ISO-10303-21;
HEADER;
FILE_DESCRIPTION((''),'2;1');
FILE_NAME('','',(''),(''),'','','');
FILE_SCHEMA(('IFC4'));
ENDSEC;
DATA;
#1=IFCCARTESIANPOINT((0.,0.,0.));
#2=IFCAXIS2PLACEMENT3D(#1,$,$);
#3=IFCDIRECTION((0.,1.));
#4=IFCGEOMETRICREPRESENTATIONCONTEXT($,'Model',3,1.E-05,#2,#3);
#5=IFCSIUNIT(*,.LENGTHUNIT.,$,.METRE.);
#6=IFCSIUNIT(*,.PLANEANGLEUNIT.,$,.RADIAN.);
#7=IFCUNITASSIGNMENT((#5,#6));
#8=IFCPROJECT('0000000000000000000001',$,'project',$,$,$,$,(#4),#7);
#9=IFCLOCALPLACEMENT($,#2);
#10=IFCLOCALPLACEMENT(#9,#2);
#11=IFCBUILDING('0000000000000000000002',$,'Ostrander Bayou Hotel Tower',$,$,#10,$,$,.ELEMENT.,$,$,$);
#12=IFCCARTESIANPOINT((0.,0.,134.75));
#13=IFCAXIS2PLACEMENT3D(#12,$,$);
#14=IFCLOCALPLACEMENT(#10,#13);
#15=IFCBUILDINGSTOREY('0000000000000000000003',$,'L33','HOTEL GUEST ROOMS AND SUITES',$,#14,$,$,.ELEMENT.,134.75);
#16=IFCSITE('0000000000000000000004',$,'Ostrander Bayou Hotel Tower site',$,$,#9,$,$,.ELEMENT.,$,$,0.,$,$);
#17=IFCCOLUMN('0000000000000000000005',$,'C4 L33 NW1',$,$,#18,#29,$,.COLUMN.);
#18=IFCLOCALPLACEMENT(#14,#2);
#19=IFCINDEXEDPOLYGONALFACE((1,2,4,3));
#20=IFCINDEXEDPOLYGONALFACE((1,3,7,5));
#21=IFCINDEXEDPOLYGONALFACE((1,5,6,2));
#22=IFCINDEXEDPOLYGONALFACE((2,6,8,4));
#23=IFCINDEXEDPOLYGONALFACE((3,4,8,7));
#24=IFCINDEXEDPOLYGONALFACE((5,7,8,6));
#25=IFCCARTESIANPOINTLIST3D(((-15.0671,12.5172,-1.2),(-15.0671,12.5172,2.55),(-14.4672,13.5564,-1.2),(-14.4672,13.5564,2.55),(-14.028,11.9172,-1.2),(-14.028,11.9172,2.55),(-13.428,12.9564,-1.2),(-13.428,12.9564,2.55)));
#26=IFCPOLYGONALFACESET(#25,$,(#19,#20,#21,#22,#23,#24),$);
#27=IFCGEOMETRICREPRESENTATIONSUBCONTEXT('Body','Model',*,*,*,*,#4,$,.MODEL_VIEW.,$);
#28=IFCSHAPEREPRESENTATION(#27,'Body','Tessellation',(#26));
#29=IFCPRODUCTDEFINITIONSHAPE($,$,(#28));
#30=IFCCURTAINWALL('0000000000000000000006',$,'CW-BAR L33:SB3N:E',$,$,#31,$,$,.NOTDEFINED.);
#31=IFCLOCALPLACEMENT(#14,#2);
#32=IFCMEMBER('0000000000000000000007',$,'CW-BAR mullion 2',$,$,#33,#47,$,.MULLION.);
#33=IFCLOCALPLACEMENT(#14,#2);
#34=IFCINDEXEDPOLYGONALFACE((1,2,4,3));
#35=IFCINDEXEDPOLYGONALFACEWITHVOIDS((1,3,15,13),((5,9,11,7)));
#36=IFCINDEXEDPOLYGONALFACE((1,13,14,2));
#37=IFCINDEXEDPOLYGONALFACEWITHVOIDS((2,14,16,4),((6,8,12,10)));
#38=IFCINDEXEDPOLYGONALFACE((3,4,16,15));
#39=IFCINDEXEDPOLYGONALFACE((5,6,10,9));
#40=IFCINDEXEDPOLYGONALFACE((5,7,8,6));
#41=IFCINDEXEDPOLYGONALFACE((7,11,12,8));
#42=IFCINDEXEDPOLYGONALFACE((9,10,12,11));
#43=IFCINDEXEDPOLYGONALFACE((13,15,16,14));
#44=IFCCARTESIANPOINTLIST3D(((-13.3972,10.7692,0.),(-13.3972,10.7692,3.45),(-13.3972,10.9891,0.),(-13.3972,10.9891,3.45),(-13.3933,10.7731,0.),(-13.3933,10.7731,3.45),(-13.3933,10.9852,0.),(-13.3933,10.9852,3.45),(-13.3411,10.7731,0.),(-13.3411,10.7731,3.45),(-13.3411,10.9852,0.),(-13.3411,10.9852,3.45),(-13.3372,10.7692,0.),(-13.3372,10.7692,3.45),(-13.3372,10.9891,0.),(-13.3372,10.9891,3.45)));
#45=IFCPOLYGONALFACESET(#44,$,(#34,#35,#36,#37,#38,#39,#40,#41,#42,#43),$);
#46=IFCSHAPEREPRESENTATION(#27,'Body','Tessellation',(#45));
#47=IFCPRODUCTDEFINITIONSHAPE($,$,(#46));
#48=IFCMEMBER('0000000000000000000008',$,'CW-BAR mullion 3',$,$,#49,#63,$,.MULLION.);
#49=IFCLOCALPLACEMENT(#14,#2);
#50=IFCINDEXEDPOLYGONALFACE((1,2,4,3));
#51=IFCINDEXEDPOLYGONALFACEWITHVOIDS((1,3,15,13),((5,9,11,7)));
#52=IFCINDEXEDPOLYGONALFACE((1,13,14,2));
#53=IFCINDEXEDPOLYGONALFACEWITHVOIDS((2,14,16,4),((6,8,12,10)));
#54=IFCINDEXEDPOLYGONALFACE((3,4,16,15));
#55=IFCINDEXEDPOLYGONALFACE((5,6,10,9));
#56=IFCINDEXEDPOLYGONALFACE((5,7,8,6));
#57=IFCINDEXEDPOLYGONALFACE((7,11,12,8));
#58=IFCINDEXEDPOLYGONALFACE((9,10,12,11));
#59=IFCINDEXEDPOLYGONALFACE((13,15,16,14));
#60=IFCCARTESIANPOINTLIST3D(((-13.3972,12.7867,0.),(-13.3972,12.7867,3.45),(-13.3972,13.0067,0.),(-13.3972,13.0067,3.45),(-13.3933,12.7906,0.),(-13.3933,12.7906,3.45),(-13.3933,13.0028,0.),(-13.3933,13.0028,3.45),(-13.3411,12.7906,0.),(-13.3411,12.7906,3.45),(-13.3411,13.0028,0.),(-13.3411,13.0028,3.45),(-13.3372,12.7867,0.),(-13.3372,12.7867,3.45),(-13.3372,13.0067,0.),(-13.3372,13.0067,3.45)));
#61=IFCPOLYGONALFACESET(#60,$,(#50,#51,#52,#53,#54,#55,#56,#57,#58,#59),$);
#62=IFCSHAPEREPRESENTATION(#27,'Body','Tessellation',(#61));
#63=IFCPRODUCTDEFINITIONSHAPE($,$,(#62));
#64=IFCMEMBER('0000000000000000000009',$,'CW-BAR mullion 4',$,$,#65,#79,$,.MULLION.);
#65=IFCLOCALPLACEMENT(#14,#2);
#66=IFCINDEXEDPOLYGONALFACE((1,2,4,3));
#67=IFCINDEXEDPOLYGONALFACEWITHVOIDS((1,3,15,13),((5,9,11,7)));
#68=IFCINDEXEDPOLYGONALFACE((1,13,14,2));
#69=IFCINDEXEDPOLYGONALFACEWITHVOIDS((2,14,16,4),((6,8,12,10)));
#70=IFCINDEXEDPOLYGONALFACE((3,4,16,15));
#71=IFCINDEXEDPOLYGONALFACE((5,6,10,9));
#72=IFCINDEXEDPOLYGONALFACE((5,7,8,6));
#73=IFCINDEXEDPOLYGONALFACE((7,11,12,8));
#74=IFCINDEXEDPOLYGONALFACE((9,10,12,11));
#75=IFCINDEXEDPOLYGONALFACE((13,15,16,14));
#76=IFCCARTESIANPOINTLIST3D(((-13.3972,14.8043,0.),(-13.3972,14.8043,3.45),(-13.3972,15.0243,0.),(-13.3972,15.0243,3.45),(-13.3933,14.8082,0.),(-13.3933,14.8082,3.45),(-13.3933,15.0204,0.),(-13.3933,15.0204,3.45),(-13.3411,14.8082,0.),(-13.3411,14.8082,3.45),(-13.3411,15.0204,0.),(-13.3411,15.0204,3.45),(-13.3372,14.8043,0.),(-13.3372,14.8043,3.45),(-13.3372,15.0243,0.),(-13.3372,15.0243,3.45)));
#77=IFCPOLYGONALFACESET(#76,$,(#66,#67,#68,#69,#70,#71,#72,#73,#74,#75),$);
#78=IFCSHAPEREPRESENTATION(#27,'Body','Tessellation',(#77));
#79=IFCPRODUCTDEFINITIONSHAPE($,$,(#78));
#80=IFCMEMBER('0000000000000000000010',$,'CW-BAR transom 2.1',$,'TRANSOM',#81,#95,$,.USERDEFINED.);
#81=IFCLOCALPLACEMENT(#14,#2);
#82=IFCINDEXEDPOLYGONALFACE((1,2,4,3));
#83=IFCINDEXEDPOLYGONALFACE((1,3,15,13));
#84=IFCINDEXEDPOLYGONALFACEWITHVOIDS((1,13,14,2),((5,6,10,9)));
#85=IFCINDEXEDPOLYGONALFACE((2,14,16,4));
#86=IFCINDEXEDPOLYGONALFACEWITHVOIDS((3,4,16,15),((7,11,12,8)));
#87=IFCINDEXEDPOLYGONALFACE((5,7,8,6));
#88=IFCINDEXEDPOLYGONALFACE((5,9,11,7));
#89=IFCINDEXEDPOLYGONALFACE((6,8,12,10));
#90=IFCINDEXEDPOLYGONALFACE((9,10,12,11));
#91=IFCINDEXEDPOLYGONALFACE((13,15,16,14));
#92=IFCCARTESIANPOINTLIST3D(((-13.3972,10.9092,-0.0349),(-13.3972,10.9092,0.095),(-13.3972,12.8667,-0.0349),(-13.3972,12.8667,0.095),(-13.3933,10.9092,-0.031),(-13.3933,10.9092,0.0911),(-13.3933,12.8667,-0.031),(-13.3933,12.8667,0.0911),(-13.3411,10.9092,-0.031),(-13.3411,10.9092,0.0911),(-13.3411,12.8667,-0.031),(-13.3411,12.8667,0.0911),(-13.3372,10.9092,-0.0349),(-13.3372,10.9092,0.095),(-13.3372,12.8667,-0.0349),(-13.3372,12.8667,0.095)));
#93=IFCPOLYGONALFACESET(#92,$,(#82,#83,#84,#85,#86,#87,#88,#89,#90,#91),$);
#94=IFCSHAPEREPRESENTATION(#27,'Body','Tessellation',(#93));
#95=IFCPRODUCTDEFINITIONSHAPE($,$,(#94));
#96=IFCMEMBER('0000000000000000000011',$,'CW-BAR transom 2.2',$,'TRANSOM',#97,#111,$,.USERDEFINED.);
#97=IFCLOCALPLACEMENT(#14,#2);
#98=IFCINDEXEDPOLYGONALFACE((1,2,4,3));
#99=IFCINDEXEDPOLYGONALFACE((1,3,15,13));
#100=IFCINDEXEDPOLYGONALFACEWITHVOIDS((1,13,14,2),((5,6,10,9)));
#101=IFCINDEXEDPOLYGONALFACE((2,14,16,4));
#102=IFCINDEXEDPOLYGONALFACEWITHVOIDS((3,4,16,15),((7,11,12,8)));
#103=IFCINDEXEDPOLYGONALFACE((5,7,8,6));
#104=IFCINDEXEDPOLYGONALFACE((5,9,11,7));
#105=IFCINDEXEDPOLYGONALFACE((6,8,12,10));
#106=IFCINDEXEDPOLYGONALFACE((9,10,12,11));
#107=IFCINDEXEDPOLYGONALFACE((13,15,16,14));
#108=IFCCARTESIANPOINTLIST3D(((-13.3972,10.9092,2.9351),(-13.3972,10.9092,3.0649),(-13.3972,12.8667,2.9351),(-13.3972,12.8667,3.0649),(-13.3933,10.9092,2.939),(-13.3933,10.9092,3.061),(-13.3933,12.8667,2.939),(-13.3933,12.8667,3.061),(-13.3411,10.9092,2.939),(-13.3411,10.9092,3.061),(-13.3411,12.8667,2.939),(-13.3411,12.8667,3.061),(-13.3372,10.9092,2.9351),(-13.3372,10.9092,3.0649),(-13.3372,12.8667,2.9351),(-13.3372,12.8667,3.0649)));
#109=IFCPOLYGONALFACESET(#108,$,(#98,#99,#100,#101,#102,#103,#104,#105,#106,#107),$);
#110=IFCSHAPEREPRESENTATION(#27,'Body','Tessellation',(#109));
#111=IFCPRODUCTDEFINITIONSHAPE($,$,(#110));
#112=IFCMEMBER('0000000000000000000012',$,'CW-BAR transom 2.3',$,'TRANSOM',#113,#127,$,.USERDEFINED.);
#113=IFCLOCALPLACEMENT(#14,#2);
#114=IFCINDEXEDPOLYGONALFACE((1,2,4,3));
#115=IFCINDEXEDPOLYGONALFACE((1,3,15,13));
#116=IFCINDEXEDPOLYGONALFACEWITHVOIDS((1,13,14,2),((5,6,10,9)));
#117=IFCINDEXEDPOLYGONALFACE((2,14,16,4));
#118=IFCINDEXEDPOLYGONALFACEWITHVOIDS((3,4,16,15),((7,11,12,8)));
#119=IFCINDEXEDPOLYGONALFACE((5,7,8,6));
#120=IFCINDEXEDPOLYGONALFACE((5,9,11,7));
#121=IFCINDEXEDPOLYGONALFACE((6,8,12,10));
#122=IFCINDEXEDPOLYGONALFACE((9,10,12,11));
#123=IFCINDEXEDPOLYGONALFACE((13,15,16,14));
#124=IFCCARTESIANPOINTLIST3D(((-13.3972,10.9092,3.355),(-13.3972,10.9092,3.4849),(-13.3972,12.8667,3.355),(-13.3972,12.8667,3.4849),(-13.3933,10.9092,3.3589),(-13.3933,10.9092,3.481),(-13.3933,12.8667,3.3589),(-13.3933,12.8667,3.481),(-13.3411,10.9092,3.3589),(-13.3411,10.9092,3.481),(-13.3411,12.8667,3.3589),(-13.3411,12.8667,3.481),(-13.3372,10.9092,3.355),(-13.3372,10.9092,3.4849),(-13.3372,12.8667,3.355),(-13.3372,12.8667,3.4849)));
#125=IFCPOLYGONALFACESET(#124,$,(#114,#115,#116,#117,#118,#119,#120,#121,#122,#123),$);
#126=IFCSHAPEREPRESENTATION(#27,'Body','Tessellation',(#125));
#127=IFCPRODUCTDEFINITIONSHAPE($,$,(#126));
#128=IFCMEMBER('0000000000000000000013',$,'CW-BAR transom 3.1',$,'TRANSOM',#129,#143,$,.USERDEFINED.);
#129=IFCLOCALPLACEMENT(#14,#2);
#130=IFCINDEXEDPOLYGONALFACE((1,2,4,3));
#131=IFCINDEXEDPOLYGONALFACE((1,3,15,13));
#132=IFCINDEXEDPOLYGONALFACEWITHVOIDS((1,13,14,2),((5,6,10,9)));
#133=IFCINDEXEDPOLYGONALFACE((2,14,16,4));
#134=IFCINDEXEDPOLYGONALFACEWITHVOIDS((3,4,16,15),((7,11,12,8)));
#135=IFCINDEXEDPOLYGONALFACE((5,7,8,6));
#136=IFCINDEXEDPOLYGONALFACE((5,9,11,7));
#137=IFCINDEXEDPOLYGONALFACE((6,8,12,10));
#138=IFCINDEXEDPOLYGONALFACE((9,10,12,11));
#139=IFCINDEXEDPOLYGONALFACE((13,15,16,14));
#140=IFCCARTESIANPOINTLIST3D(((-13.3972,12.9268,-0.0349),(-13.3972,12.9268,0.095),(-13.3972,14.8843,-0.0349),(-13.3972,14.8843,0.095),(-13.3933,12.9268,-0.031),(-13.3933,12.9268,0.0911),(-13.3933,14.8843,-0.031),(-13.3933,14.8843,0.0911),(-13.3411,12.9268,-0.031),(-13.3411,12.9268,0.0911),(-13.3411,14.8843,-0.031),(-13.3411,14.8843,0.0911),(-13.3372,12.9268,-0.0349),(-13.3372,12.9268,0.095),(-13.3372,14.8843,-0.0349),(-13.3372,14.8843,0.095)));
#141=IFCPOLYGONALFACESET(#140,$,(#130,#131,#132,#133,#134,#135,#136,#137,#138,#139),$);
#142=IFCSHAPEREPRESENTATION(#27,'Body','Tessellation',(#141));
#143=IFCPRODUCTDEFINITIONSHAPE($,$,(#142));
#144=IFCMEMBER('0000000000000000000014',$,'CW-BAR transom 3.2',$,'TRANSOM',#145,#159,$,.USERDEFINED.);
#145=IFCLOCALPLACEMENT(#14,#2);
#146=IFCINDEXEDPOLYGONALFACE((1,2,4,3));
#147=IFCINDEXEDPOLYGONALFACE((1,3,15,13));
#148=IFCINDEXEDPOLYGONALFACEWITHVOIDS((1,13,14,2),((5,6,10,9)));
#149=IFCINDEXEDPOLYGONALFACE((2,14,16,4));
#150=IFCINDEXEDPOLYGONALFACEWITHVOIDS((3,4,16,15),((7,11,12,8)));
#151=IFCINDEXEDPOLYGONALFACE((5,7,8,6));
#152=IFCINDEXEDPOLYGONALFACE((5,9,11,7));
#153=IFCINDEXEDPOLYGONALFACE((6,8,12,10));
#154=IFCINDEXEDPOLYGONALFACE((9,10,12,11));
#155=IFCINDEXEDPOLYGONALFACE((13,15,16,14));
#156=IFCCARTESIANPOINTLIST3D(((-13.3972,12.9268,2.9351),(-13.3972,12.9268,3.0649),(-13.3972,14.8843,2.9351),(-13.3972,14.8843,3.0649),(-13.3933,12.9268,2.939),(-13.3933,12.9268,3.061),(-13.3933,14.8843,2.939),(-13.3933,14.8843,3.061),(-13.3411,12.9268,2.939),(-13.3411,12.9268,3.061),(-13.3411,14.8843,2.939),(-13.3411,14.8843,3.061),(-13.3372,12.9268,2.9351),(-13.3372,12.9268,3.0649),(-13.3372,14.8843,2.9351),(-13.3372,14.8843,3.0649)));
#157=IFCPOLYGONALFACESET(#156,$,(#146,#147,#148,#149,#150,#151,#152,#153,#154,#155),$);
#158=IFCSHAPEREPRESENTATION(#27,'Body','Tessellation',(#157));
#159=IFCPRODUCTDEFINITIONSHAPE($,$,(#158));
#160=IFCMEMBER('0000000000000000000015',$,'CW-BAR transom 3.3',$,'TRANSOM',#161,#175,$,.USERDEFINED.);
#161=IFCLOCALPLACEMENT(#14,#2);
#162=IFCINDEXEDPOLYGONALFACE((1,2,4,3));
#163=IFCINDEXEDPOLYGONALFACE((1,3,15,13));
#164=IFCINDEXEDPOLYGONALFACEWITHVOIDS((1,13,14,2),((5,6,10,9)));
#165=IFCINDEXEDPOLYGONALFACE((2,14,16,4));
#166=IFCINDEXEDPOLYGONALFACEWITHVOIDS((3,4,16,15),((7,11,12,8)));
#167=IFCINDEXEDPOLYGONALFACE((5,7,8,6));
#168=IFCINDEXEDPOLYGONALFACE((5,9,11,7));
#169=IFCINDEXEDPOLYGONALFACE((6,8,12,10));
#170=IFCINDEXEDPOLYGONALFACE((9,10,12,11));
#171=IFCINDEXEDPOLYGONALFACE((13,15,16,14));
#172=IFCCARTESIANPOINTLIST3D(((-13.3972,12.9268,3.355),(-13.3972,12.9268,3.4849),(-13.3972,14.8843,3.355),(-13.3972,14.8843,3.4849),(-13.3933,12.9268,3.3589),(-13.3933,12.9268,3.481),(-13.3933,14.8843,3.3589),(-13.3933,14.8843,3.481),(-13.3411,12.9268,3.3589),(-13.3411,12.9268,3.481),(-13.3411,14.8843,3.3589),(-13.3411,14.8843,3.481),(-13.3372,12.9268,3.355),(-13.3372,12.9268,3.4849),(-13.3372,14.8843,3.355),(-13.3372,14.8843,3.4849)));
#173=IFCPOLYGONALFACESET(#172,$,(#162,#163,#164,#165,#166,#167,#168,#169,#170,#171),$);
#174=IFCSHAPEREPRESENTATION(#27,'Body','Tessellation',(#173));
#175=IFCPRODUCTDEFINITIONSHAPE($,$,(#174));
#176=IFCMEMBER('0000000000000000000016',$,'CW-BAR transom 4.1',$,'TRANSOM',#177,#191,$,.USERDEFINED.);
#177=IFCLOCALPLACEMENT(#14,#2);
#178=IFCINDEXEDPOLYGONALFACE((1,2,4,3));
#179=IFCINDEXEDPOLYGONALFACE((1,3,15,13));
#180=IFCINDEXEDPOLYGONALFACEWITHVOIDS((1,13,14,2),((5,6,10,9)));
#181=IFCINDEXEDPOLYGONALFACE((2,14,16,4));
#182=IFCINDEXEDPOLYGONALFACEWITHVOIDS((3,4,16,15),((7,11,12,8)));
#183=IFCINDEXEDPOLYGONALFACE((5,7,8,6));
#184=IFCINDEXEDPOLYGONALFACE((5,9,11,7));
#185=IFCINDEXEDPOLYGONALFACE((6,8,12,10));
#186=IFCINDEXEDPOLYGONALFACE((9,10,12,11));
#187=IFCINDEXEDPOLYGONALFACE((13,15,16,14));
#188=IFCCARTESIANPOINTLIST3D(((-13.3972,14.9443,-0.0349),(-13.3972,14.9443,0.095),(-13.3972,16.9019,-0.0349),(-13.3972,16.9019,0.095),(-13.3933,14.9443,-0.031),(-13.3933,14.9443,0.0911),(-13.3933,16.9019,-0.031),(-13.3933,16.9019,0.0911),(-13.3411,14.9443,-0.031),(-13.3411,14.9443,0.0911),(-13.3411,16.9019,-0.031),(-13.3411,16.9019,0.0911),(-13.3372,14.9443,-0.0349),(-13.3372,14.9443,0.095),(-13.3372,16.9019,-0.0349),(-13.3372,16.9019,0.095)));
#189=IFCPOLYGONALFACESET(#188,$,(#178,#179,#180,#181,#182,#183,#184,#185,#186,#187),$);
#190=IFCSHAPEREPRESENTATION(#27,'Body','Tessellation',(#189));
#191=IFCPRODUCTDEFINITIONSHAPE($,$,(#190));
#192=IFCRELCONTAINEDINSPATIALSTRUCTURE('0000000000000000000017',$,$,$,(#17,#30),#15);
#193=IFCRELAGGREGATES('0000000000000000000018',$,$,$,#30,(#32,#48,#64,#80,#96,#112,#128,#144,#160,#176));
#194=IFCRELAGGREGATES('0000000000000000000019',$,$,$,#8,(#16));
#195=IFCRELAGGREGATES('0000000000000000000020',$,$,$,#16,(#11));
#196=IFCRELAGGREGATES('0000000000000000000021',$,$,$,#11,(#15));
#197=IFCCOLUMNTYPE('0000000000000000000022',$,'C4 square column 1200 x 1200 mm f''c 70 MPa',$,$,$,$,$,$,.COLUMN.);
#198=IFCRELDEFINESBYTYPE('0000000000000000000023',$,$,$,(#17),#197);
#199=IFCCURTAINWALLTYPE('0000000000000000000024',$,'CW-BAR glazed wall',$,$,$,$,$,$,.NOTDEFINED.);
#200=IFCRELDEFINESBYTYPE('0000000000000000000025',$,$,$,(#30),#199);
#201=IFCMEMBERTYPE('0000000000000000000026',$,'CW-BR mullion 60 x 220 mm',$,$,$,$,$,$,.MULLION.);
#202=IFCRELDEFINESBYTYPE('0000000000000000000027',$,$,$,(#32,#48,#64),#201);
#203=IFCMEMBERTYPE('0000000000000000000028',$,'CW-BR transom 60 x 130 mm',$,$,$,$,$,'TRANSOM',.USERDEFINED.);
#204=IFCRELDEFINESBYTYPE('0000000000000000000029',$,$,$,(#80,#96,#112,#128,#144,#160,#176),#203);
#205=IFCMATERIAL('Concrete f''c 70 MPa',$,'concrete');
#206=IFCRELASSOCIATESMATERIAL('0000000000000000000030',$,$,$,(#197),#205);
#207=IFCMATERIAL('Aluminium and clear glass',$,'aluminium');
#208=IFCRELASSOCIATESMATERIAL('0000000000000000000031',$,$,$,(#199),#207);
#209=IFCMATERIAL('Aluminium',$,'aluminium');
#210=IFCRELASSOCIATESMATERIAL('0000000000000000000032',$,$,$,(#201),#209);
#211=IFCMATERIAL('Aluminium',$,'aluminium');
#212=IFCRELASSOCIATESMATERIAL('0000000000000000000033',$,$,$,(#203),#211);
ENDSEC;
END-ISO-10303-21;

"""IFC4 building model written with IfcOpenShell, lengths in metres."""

from ifc_helpers import new_model, si_unit, direction, frame, origin, origin_2d, place, context, subcontext, project, spatial, rectangle, hollow_rectangle, extrude, material, material_profile, profile_set, type_object, element, aggregate, save


model = new_model("IFC4")

# Units and contexts
model_context = context("Model", 3, precision=1e-05, world=origin(), true_north=direction((0.0, 1.0)))
body_context = subcontext(model_context, "Body", "Model", "MODEL_VIEW")
ifc_project = project(units=[si_unit("LENGTHUNIT", "METRE"), si_unit("PLANEANGLEUNIT", "RADIAN")], contexts=[model_context])

# Site, building, storey
site_placement = place(None, origin())
site = spatial("IfcSite", under=ifc_project, at=site_placement, Name="Ostrander Bayou Hotel Tower site", CompositionType="ELEMENT", RefElevation=0.0)
building_placement = place(site_placement, origin())
building = spatial("IfcBuilding", under=site, at=building_placement, Name="Ostrander Bayou Hotel Tower", CompositionType="ELEMENT")
storey_placement = place(building_placement, frame((0.0, 0.0, 134.75)))
storey = spatial("IfcBuildingStorey", under=building, at=storey_placement, Name="L33", Description="HOTEL GUEST ROOMS AND SUITES", CompositionType="ELEMENT", Elevation=134.75)

# Column
ifc_material_1 = material(Name="Concrete f'c 70 MPa", Category="concrete")
ifc_material_profile_1 = material_profile(ifc_material_1, rectangle(XDim=1.2, YDim=1.2, at=origin_2d()))
ifc_profile_set_1 = profile_set([ifc_material_profile_1], Name="Concrete f'c 70 MPa")
column_type = type_object("IfcColumnType", Name="C4 square column 1200 x 1200 mm f'c 70 MPa", PredefinedType="COLUMN", material=ifc_profile_set_1)
column_placement = place(storey_placement, frame((-14.2476, 12.7368, -1.2), z_axis=(0.0, 0.0, 1.0), x_axis=(0.5, 0.866025, 0.0)))
element("IfcColumn", 1, at=column_placement, inside=storey, type_object=column_type, Name="C4 L33 NW1", PredefinedType="COLUMN", context=body_context, shape_type="SweptSolid", body=[
    extrude(rectangle(XDim=1.2, YDim=1.2, at=origin_2d()), origin(), (0.0, 0.0, 1.0), 3.75),
])

# Curtain wall, members
ifc_material_2 = material(Name="Aluminium and clear glass", Category="aluminium")
curtain_wall_type = type_object("IfcCurtainWallType", Name="CW-BAR glazed wall", PredefinedType="NOTDEFINED", material=ifc_material_2)
curtain_wall_placement = place(storey_placement, origin())
curtain_wall = element("IfcCurtainWall", 2, at=curtain_wall_placement, inside=storey, type_object=curtain_wall_type, Name="CW-BAR L33:SB3N:E", PredefinedType="NOTDEFINED")
ifc_material_3 = material(Name="Aluminium", Category="aluminium")
ifc_material_profile_2 = material_profile(ifc_material_3, hollow_rectangle(XDim=0.0601, YDim=0.22, WallThickness=0.0039, at=origin_2d()))
ifc_profile_set_2 = profile_set([ifc_material_profile_2], Name="Aluminium")
member_type_1 = type_object("IfcMemberType", Name="CW-BR mullion 60 x 220 mm", PredefinedType="MULLION", material=ifc_profile_set_2)
member_1_placement = place(storey_placement, frame((-13.3672, 10.8792, 0.0), z_axis=(0.0, 0.0, 1.0), x_axis=(-1.0, 0.0, 0.0)))
member_1 = element("IfcMember", 3, at=member_1_placement, type_object=member_type_1, Name="CW-BAR mullion 2", PredefinedType="MULLION", context=body_context, shape_type="SweptSolid", body=[
    extrude(hollow_rectangle(XDim=0.0601, YDim=0.22, WallThickness=0.0039, at=origin_2d()), origin(), (0.0, 0.0, 1.0), 3.45),
])
member_2_placement = place(storey_placement, frame((-13.3672, 12.8967, 0.0), z_axis=(0.0, 0.0, 1.0), x_axis=(-1.0, 0.0, 0.0)))
member_2 = element("IfcMember", 4, at=member_2_placement, type_object=member_type_1, Name="CW-BAR mullion 3", PredefinedType="MULLION", context=body_context, shape_type="SweptSolid", body=[
    extrude(hollow_rectangle(XDim=0.0601, YDim=0.22, WallThickness=0.0039, at=origin_2d()), origin(), (0.0, 0.0, 1.0), 3.45),
])
member_3_placement = place(storey_placement, frame((-13.3672, 14.9143, 0.0), z_axis=(0.0, 0.0, 1.0), x_axis=(-1.0, 0.0, 0.0)))
member_3 = element("IfcMember", 5, at=member_3_placement, type_object=member_type_1, Name="CW-BAR mullion 4", PredefinedType="MULLION", context=body_context, shape_type="SweptSolid", body=[
    extrude(hollow_rectangle(XDim=0.0601, YDim=0.22, WallThickness=0.0039, at=origin_2d()), origin(), (0.0, 0.0, 1.0), 3.45),
])
ifc_material_4 = material(Name="Aluminium", Category="aluminium")
ifc_material_profile_3 = material_profile(ifc_material_4, hollow_rectangle(XDim=0.0601, YDim=0.1299, WallThickness=0.0039, at=origin_2d()))
ifc_profile_set_3 = profile_set([ifc_material_profile_3], Name="Aluminium")
member_type_2 = type_object("IfcMemberType", Name="CW-BR transom 60 x 130 mm", ElementType="TRANSOM", PredefinedType="USERDEFINED", material=ifc_profile_set_3)
member_4_placement = place(storey_placement, frame((-13.3672, 10.9092, 0.03), z_axis=(0.0, 1.0, 0.0), x_axis=(-1.0, 0.0, 0.0)))
member_4 = element("IfcMember", 6, at=member_4_placement, type_object=member_type_2, Name="CW-BAR transom 2.1", ObjectType="TRANSOM", PredefinedType="USERDEFINED", context=body_context, shape_type="SweptSolid", body=[
    extrude(hollow_rectangle(XDim=0.0601, YDim=0.1299, WallThickness=0.0039, at=origin_2d()), origin(), (0.0, 0.0, 1.0), 1.9575),
])
member_5_placement = place(storey_placement, frame((-13.3672, 10.9092, 3.0), z_axis=(0.0, 1.0, 0.0), x_axis=(-1.0, 0.0, 0.0)))
member_5 = element("IfcMember", 7, at=member_5_placement, type_object=member_type_2, Name="CW-BAR transom 2.2", ObjectType="TRANSOM", PredefinedType="USERDEFINED", context=body_context, shape_type="SweptSolid", body=[
    extrude(hollow_rectangle(XDim=0.0601, YDim=0.1299, WallThickness=0.0039, at=origin_2d()), origin(), (0.0, 0.0, 1.0), 1.9575),
])
member_6_placement = place(storey_placement, frame((-13.3672, 10.9092, 3.4199), z_axis=(0.0, 1.0, 0.0), x_axis=(-1.0, 0.0, 0.0)))
member_6 = element("IfcMember", 8, at=member_6_placement, type_object=member_type_2, Name="CW-BAR transom 2.3", ObjectType="TRANSOM", PredefinedType="USERDEFINED", context=body_context, shape_type="SweptSolid", body=[
    extrude(hollow_rectangle(XDim=0.0601, YDim=0.1299, WallThickness=0.0039, at=origin_2d()), origin(), (0.0, 0.0, 1.0), 1.9575),
])
member_7_placement = place(storey_placement, frame((-13.3672, 12.9268, 0.03), z_axis=(0.0, 1.0, 0.0), x_axis=(-1.0, 0.0, 0.0)))
member_7 = element("IfcMember", 9, at=member_7_placement, type_object=member_type_2, Name="CW-BAR transom 3.1", ObjectType="TRANSOM", PredefinedType="USERDEFINED", context=body_context, shape_type="SweptSolid", body=[
    extrude(hollow_rectangle(XDim=0.0601, YDim=0.1299, WallThickness=0.0039, at=origin_2d()), origin(), (0.0, 0.0, 1.0), 1.9575),
])
member_8_placement = place(storey_placement, frame((-13.3672, 12.9268, 3.0), z_axis=(0.0, 1.0, 0.0), x_axis=(-1.0, 0.0, 0.0)))
member_8 = element("IfcMember", 10, at=member_8_placement, type_object=member_type_2, Name="CW-BAR transom 3.2", ObjectType="TRANSOM", PredefinedType="USERDEFINED", context=body_context, shape_type="SweptSolid", body=[
    extrude(hollow_rectangle(XDim=0.0601, YDim=0.1299, WallThickness=0.0039, at=origin_2d()), origin(), (0.0, 0.0, 1.0), 1.9575),
])
member_9_placement = place(storey_placement, frame((-13.3672, 12.9268, 3.4199), z_axis=(0.0, 1.0, 0.0), x_axis=(-1.0, 0.0, 0.0)))
member_9 = element("IfcMember", 11, at=member_9_placement, type_object=member_type_2, Name="CW-BAR transom 3.3", ObjectType="TRANSOM", PredefinedType="USERDEFINED", context=body_context, shape_type="SweptSolid", body=[
    extrude(hollow_rectangle(XDim=0.0601, YDim=0.1299, WallThickness=0.0039, at=origin_2d()), origin(), (0.0, 0.0, 1.0), 1.9575),
])
member_10_placement = place(storey_placement, frame((-13.3672, 14.9443, 0.03), z_axis=(0.0, 1.0, 0.0), x_axis=(-1.0, 0.0, 0.0)))
member_10 = element("IfcMember", 12, at=member_10_placement, type_object=member_type_2, Name="CW-BAR transom 4.1", ObjectType="TRANSOM", PredefinedType="USERDEFINED", context=body_context, shape_type="SweptSolid", body=[
    extrude(hollow_rectangle(XDim=0.0601, YDim=0.1299, WallThickness=0.0039, at=origin_2d()), origin(), (0.0, 0.0, 1.0), 1.9575),
])

aggregate(curtain_wall, [member_1, member_2, member_3, member_4, member_5, member_6, member_7, member_8, member_9, member_10])

save(model, "model.ifc")
